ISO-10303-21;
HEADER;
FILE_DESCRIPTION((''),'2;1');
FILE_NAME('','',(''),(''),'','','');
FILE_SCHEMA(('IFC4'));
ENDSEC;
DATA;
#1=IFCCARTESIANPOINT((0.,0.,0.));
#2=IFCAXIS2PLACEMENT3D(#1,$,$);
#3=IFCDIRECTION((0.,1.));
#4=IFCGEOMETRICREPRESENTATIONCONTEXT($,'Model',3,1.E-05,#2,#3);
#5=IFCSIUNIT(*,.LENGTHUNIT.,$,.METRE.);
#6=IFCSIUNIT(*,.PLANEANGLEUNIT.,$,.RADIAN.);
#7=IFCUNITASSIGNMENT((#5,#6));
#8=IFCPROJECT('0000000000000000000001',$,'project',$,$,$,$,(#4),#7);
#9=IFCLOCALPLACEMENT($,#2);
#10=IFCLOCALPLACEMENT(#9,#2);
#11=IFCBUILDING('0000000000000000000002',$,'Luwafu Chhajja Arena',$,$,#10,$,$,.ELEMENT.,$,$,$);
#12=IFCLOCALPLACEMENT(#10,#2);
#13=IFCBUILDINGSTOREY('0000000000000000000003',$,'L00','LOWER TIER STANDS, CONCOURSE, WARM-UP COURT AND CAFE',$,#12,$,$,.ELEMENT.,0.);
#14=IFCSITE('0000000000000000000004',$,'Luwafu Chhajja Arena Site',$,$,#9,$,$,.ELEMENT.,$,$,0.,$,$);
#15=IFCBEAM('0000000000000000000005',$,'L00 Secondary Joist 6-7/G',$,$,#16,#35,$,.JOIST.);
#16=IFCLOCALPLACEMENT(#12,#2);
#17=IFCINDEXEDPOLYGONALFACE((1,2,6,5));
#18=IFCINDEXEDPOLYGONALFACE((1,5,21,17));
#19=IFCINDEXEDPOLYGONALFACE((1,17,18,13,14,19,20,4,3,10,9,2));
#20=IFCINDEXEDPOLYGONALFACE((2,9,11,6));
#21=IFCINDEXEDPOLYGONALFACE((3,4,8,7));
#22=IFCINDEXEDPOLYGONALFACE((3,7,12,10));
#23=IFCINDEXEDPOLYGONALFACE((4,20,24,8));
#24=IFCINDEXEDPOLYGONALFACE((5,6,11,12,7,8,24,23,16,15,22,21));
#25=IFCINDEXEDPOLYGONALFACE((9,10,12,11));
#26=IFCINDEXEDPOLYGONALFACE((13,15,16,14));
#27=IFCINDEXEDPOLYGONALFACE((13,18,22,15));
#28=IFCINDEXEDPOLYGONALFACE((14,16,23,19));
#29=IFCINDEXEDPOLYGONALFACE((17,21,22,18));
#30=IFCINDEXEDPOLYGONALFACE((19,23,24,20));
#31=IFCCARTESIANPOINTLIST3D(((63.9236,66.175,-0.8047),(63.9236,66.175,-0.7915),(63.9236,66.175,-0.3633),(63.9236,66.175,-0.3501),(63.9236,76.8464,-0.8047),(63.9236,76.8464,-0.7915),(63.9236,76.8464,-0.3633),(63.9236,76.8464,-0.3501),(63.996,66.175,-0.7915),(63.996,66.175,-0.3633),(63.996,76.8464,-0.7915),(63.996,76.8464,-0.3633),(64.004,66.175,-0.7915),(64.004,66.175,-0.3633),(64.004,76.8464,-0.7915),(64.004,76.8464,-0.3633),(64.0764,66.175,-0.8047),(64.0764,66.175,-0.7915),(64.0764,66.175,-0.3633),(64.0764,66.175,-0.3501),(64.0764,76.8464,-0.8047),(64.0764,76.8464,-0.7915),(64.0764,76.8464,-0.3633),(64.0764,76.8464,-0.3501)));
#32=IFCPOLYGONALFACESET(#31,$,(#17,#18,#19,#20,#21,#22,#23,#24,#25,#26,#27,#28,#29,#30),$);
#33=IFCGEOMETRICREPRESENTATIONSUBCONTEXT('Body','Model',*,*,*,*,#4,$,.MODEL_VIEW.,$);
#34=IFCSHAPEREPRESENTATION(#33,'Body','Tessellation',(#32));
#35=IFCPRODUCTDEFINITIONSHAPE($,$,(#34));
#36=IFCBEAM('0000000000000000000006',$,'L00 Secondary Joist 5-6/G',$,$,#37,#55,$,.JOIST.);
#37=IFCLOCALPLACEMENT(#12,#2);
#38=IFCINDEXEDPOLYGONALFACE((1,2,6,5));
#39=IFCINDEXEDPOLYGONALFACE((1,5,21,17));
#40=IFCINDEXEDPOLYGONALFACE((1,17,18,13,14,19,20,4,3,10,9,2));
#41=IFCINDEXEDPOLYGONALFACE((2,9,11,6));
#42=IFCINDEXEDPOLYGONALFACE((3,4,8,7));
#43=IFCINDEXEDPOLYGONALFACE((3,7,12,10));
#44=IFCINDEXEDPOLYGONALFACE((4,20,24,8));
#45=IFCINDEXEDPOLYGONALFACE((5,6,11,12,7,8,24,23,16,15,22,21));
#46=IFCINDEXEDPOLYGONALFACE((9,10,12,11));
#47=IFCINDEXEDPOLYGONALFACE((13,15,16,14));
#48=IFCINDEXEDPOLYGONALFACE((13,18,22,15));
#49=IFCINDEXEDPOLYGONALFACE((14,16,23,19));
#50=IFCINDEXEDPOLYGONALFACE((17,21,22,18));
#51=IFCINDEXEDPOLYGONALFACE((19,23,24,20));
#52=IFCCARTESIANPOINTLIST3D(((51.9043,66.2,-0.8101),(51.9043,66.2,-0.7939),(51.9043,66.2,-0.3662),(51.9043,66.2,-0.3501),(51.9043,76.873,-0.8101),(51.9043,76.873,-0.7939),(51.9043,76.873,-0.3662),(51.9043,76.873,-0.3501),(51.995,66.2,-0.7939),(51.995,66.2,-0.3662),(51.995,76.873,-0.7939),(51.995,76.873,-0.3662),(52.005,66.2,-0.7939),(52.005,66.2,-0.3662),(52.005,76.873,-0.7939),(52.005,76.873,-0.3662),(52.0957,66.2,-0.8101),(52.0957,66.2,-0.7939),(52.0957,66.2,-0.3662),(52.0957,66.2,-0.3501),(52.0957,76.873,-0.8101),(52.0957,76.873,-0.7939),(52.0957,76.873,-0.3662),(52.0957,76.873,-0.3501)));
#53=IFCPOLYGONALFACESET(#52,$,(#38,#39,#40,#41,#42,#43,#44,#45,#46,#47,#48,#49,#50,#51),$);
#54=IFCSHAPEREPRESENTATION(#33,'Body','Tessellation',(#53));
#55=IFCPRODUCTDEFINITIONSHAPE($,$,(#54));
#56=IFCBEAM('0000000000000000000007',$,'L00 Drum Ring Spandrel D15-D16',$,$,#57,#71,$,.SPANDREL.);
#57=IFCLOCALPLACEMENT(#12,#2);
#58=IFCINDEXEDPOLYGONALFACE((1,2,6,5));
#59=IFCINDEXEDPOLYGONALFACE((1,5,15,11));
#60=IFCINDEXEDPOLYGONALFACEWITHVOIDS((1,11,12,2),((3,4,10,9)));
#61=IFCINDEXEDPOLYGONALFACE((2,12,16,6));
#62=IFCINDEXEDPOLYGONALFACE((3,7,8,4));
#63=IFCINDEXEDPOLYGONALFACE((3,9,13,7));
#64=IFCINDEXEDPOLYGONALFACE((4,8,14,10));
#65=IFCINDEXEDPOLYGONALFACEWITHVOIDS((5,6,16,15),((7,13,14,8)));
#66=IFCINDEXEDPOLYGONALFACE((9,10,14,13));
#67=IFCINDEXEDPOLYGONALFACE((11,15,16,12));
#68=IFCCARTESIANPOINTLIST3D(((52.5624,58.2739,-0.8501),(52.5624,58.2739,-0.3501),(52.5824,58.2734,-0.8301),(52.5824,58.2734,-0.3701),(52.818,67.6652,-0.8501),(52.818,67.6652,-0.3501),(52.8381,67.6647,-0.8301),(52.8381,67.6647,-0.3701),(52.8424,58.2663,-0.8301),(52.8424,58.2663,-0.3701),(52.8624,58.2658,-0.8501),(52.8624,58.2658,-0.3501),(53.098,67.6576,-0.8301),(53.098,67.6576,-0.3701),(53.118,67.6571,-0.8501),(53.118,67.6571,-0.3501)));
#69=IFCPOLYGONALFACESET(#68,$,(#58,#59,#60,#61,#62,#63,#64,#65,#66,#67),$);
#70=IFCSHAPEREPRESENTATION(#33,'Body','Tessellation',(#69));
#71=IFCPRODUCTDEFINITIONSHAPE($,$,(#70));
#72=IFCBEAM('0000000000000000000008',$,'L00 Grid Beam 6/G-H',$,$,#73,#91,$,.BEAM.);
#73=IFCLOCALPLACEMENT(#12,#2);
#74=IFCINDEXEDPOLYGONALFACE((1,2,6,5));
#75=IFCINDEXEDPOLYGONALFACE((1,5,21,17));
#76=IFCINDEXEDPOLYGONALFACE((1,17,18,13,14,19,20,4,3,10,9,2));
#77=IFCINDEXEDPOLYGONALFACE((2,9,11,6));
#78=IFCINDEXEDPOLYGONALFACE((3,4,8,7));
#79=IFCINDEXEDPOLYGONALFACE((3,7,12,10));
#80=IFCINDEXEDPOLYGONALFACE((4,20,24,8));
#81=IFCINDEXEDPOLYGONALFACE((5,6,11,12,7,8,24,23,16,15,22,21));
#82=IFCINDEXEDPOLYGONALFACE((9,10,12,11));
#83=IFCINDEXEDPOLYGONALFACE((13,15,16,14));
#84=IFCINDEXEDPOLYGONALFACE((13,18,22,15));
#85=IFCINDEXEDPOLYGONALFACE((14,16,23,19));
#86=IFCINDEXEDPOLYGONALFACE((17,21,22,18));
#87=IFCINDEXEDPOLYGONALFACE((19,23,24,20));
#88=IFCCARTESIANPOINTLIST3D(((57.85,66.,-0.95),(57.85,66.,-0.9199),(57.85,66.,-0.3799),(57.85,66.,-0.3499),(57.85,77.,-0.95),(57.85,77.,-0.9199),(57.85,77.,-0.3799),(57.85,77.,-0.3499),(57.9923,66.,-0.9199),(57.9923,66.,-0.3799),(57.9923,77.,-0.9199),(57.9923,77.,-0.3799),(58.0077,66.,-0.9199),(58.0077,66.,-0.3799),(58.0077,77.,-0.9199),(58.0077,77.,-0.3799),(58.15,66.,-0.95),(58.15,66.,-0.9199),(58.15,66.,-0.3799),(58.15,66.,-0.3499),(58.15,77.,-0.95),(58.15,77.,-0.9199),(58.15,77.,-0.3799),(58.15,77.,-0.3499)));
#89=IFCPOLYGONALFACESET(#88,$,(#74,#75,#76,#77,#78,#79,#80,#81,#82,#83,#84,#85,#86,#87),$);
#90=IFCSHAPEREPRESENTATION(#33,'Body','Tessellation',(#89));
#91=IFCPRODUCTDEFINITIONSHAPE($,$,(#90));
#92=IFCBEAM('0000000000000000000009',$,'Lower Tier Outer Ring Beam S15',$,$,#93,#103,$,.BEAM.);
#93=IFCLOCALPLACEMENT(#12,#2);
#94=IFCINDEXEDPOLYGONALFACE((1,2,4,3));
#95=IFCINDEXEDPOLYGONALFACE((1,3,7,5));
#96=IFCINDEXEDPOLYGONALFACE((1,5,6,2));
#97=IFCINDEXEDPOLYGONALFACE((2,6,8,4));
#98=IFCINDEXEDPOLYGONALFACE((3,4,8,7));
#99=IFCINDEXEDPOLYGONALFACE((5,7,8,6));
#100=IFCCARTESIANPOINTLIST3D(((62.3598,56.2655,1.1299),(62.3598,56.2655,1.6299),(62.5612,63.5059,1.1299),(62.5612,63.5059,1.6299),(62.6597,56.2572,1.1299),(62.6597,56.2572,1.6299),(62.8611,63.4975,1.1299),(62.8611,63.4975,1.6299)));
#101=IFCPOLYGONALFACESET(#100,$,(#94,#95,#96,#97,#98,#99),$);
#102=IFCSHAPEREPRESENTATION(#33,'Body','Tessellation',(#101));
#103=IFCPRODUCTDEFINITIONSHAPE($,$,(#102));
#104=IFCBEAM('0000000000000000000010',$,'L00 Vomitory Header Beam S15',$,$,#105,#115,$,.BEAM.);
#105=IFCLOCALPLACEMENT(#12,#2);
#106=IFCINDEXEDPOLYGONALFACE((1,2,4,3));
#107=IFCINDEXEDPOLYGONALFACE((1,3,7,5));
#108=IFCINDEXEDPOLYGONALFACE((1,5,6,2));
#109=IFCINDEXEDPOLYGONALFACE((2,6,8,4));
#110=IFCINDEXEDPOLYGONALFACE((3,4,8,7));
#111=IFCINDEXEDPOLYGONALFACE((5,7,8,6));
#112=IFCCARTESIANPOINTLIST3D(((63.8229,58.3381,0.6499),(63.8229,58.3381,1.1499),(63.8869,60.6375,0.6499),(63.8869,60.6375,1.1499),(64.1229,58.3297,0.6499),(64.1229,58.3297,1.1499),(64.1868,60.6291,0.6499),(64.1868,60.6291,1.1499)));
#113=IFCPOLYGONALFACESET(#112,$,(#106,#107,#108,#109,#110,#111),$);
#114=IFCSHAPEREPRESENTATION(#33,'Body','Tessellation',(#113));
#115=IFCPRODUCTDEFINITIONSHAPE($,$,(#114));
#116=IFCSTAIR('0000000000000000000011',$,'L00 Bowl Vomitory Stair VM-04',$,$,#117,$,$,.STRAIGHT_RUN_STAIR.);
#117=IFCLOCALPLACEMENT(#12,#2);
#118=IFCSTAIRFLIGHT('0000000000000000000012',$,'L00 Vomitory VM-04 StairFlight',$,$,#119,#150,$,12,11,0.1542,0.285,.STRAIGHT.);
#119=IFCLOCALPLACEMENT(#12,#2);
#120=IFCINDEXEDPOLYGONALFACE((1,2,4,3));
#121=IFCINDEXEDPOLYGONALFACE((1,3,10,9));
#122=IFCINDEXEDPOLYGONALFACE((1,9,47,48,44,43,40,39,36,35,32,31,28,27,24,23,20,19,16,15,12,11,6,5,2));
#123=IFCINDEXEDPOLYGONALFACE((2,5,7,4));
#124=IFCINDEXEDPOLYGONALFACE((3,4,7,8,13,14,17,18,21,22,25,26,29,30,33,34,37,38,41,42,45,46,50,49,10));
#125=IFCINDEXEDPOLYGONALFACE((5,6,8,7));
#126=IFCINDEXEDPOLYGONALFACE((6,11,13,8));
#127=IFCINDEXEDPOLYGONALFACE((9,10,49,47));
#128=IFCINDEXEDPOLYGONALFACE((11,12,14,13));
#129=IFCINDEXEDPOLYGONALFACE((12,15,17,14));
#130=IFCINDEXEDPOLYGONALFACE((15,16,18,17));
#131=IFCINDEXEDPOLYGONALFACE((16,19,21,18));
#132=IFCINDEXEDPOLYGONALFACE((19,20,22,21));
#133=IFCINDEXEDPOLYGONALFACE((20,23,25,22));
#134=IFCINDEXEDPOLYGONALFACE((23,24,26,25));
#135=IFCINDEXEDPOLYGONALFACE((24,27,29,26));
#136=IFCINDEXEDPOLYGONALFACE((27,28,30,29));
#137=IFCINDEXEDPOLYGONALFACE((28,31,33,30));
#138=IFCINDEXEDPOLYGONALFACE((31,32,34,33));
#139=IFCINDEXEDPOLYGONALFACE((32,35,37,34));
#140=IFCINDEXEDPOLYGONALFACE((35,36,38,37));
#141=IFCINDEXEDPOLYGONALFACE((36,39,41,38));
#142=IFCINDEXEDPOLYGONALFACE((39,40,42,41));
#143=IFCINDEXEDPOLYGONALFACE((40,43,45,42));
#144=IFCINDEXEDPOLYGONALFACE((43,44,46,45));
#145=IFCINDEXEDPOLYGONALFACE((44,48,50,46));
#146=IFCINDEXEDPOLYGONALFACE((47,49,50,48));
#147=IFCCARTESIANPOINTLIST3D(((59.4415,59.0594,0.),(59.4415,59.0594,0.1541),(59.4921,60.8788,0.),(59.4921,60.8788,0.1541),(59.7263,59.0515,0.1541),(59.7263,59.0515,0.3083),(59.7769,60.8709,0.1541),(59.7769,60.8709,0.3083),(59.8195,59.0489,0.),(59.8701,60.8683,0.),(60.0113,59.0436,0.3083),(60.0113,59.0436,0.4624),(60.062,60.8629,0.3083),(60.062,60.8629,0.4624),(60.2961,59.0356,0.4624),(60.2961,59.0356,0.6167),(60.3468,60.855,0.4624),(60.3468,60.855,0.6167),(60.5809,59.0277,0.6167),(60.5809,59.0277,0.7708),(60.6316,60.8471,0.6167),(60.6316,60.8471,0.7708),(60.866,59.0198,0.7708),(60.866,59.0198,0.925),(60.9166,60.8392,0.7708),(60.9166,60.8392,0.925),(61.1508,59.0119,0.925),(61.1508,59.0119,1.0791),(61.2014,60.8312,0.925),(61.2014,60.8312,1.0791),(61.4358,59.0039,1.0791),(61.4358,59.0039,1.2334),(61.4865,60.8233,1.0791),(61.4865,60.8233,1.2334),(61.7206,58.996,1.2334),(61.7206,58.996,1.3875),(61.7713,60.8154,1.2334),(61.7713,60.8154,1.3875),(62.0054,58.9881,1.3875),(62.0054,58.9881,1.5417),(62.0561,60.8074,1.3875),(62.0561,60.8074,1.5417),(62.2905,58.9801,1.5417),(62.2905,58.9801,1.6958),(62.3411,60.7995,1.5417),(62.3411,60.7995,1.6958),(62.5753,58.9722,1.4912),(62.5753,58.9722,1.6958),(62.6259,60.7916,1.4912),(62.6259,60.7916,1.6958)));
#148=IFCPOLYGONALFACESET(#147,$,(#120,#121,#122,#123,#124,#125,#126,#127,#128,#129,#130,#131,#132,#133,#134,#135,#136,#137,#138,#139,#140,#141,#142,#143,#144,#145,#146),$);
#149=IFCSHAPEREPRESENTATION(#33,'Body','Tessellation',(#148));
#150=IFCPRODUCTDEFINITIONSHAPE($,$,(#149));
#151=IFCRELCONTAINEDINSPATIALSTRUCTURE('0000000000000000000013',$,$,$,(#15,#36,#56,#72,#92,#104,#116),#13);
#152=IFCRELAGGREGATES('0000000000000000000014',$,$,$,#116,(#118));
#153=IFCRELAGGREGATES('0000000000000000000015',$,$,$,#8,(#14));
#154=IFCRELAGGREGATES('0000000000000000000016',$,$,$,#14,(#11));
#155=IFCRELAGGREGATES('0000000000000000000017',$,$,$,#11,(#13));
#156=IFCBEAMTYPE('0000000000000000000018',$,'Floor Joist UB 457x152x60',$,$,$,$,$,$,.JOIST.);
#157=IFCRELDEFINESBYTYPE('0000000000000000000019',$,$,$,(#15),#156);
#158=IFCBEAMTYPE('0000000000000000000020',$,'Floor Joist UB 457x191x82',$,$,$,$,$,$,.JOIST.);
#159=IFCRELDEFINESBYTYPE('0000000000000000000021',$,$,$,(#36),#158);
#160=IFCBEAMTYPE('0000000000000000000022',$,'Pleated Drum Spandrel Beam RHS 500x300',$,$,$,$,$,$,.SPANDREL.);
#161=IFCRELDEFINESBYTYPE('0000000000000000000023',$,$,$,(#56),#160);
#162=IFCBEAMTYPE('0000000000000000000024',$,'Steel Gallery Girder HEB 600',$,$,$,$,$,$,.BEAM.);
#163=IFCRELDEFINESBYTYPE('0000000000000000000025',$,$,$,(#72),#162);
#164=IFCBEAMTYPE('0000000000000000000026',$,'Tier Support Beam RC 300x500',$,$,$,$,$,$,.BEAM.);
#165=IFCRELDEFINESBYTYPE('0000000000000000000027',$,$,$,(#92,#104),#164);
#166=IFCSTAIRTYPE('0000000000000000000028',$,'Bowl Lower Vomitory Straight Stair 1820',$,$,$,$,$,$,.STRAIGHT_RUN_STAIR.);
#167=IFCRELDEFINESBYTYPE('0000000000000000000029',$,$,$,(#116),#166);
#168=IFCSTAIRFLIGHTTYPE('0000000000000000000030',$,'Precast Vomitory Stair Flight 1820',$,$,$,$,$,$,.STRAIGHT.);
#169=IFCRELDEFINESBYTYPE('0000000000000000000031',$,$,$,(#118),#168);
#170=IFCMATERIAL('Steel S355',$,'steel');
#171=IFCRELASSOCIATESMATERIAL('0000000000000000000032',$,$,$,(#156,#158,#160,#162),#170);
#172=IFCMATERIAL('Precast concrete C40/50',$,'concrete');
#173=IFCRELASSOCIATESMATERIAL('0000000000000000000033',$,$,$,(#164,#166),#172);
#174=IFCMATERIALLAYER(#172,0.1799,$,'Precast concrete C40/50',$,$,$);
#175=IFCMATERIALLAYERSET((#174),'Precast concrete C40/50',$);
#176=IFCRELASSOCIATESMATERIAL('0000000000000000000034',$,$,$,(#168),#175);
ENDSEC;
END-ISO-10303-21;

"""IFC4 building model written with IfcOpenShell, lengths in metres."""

from ifc_helpers import new_model, si_unit, direction, frame, origin, origin_2d, place, context, subcontext, project, spatial, polyline, rectangle, hollow_rectangle, i_section, outline, extrude, material, layer, layer_set, material_profile, profile_set, type_object, element, aggregate, save


model = new_model("IFC4")

# Units and contexts
model_context = context("Model", 3, precision=1e-05, world=origin(), true_north=direction((0.0, 1.0)))
body_context = subcontext(model_context, "Body", "Model", "MODEL_VIEW")
ifc_project = project(units=[si_unit("LENGTHUNIT", "METRE"), si_unit("PLANEANGLEUNIT", "RADIAN")], contexts=[model_context])

# Site, building, storey
site_placement = place(None, origin())
site = spatial("IfcSite", under=ifc_project, at=site_placement, Name="Luwafu Chhajja Arena Site", CompositionType="ELEMENT", RefElevation=0.0)
building_placement = place(site_placement, origin())
building = spatial("IfcBuilding", under=site, at=building_placement, Name="Luwafu Chhajja Arena", CompositionType="ELEMENT")
storey_placement = place(building_placement, origin())
storey = spatial("IfcBuildingStorey", under=building, at=storey_placement, Name="L00", Description="LOWER TIER STANDS, CONCOURSE, WARM-UP COURT AND CAFE", CompositionType="ELEMENT", Elevation=0.0)

# Shared definitions
ifc_material_1 = material(Name="Steel S355", Category="steel")

# Beams
ifc_material_2 = material(Name="Precast concrete C40/50", Category="concrete")
ifc_material_profile_1 = material_profile(ifc_material_1, i_section(OverallWidth=0.1528, OverallDepth=0.4546, WebThickness=0.0081, FlangeThickness=0.0132, at=origin_2d()), Name="UB 457x152x60")
ifc_profile_set_1 = profile_set([ifc_material_profile_1], Name="Steel S355")
beam_type_1 = type_object("IfcBeamType", Name="Floor Joist UB 457x152x60", PredefinedType="JOIST", material=ifc_profile_set_1)
beam_1_placement = place(storey_placement, frame((64.0, 66.175, -0.5774), z_axis=(0.0, 1.0, 0.0), x_axis=(-1.0, 0.0, 0.0)))
element("IfcBeam", 1, at=beam_1_placement, inside=storey, type_object=beam_type_1, Name="L00 Secondary Joist 6-7/G", PredefinedType="JOIST", context=body_context, shape_type="SweptSolid", body=[
    extrude(i_section(OverallWidth=0.1528, OverallDepth=0.4546, WebThickness=0.0081, FlangeThickness=0.0132, at=origin_2d()), origin(), (0.0, 0.0, 1.0), 10.6714),
])
ifc_material_profile_2 = material_profile(ifc_material_1, i_section(OverallWidth=0.1914, OverallDepth=0.46, WebThickness=0.01, FlangeThickness=0.0161, at=origin_2d()), Name="UB 457x191x82")
ifc_profile_set_2 = profile_set([ifc_material_profile_2], Name="Steel S355")
beam_type_2 = type_object("IfcBeamType", Name="Floor Joist UB 457x191x82", PredefinedType="JOIST", material=ifc_profile_set_2)
beam_2_placement = place(storey_placement, frame((52.0, 66.2, -0.5801), z_axis=(0.0, 1.0, 0.0), x_axis=(-1.0, 0.0, 0.0)))
element("IfcBeam", 2, at=beam_2_placement, inside=storey, type_object=beam_type_2, Name="L00 Secondary Joist 5-6/G", PredefinedType="JOIST", context=body_context, shape_type="SweptSolid", body=[
    extrude(i_section(OverallWidth=0.1914, OverallDepth=0.46, WebThickness=0.01, FlangeThickness=0.0161, at=origin_2d()), origin(), (0.0, 0.0, 1.0), 10.6731),
])
ifc_material_profile_3 = material_profile(ifc_material_1, hollow_rectangle(XDim=0.3, YDim=0.5, WallThickness=0.02, at=origin_2d()), Name="RHS 500x300x20")
ifc_profile_set_3 = profile_set([ifc_material_profile_3], Name="Steel S355")
beam_type_3 = type_object("IfcBeamType", Name="Pleated Drum Spandrel Beam RHS 500x300", PredefinedType="SPANDREL", material=ifc_profile_set_3)
beam_3_placement = place(storey_placement, frame((52.968, 67.6611, -0.6001), z_axis=(-0.027208, -0.99963, 0.0), x_axis=(0.99963, -0.027208, 0.0)))
element("IfcBeam", 3, at=beam_3_placement, inside=storey, type_object=beam_type_3, Name="L00 Drum Ring Spandrel D15-D16", PredefinedType="SPANDREL", context=body_context, shape_type="SweptSolid", body=[
    extrude(hollow_rectangle(XDim=0.3, YDim=0.5, WallThickness=0.02, at=origin_2d()), origin(), (0.0, 0.0, 1.0), 9.3948),
])
ifc_material_profile_4 = material_profile(ifc_material_1, i_section(OverallWidth=0.3, OverallDepth=0.6001, WebThickness=0.0154, FlangeThickness=0.03, at=origin_2d()), Name="HEB 600")
ifc_profile_set_4 = profile_set([ifc_material_profile_4], Name="Steel S355")
beam_type_4 = type_object("IfcBeamType", Name="Steel Gallery Girder HEB 600", PredefinedType="BEAM", material=ifc_profile_set_4)
beam_4_placement = place(storey_placement, frame((58.0, 66.0, -0.6499), z_axis=(0.0, 1.0, 0.0), x_axis=(-1.0, 0.0, 0.0)))
element("IfcBeam", 4, at=beam_4_placement, inside=storey, type_object=beam_type_4, Name="L00 Grid Beam 6/G-H", PredefinedType="BEAM", context=body_context, shape_type="SweptSolid", body=[
    extrude(i_section(OverallWidth=0.3, OverallDepth=0.6001, WebThickness=0.0154, FlangeThickness=0.03, at=origin_2d()), origin(), (0.0, 0.0, 1.0), 11.0),
])
ifc_material_profile_5 = material_profile(ifc_material_2, rectangle(XDim=0.3, YDim=0.5, at=origin_2d()), Name="RC 300x500")
ifc_profile_set_5 = profile_set([ifc_material_profile_5], Name="Precast concrete C40/50")
beam_type_5 = type_object("IfcBeamType", Name="Tier Support Beam RC 300x500", PredefinedType="BEAM", material=ifc_profile_set_5)
beam_5_placement = place(storey_placement, frame((62.7112, 63.5017, 1.3799), z_axis=(-0.027807, -0.999613, 0.0), x_axis=(0.999613, -0.027807, 0.0)))
element("IfcBeam", 5, at=beam_5_placement, inside=storey, type_object=beam_type_5, Name="Lower Tier Outer Ring Beam S15", PredefinedType="BEAM", context=body_context, shape_type="SweptSolid", body=[
    extrude(rectangle(XDim=0.3, YDim=0.5, at=origin_2d()), origin(), (0.0, 0.0, 1.0), 7.2432),
])
beam_6_placement = place(storey_placement, frame((64.0369, 60.6333, 0.8999), z_axis=(-0.027808, -0.999613, 0.0), x_axis=(0.999613, -0.027808, 0.0)))
element("IfcBeam", 6, at=beam_6_placement, inside=storey, type_object=beam_type_5, Name="L00 Vomitory Header Beam S15", PredefinedType="BEAM", context=body_context, shape_type="SweptSolid", body=[
    extrude(rectangle(XDim=0.3, YDim=0.5, at=origin_2d()), origin(), (0.0, 0.0, 1.0), 2.3003),
])

# Stair, stair flight
stair_type = type_object("IfcStairType", Name="Bowl Lower Vomitory Straight Stair 1820", PredefinedType="STRAIGHT_RUN_STAIR", material=ifc_material_2)
stair_placement = place(storey_placement, origin())
stair = element("IfcStair", 7, at=stair_placement, inside=storey, type_object=stair_type, Name="L00 Bowl Vomitory Stair VM-04", PredefinedType="STRAIGHT_RUN_STAIR")
ifc_layer = layer(ifc_material_2, 0.1799, Name="Precast concrete C40/50")
ifc_layer_set = layer_set([ifc_layer], Name="Precast concrete C40/50")
stair_flight_type = type_object("IfcStairFlightType", Name="Precast Vomitory Stair Flight 1820", PredefinedType="STRAIGHT", material=ifc_layer_set)
stair_flight_placement = place(storey_placement, frame((59.4668, 59.969, 0.0), z_axis=(0.0, 0.0, 1.0), x_axis=(0.999613, -0.027819, 0.0)))
stair_flight = element("IfcStairFlight", 8, at=stair_flight_placement, type_object=stair_flight_type, Name="L00 Vomitory VM-04 StairFlight", NumberOfRisers=12, NumberOfTreads=11, PredefinedType="STRAIGHT", RiserHeight=0.1542, TreadLength=0.285, context=body_context, shape_type="SweptSolid", body=[
    extrude(outline(polyline([(0.0, 0.0), (0.0, 0.1541), (0.2849, 0.1541), (0.2849, 0.3083), (0.5701, 0.3083), (0.5701, 0.4624), (0.855, 0.4624), (0.855, 0.6167), (1.1399, 0.6167), (1.1399, 0.7708), (1.425, 0.7708), (1.425, 0.925), (1.71, 0.925), (1.71, 1.0791), (1.9951, 1.0791), (1.9951, 1.2334), (2.28, 1.2334), (2.28, 1.3875), (2.5649, 1.3875), (2.5649, 1.5417), (2.8501, 1.5417), (2.8501, 1.6958), (3.135, 1.6958), (3.135, 1.8501), (3.135, 1.4912), (0.3782, 0.0), (0.0, 0.0)])), frame((0.0, 0.9102, 0.0), z_axis=(0.0, -1.0, 0.0), x_axis=(1.0, 0.0, 0.0)), (0.0, 0.0, 1.0), 1.8201),
])
aggregate(stair, [stair_flight])

save(model, "model.ifc")
